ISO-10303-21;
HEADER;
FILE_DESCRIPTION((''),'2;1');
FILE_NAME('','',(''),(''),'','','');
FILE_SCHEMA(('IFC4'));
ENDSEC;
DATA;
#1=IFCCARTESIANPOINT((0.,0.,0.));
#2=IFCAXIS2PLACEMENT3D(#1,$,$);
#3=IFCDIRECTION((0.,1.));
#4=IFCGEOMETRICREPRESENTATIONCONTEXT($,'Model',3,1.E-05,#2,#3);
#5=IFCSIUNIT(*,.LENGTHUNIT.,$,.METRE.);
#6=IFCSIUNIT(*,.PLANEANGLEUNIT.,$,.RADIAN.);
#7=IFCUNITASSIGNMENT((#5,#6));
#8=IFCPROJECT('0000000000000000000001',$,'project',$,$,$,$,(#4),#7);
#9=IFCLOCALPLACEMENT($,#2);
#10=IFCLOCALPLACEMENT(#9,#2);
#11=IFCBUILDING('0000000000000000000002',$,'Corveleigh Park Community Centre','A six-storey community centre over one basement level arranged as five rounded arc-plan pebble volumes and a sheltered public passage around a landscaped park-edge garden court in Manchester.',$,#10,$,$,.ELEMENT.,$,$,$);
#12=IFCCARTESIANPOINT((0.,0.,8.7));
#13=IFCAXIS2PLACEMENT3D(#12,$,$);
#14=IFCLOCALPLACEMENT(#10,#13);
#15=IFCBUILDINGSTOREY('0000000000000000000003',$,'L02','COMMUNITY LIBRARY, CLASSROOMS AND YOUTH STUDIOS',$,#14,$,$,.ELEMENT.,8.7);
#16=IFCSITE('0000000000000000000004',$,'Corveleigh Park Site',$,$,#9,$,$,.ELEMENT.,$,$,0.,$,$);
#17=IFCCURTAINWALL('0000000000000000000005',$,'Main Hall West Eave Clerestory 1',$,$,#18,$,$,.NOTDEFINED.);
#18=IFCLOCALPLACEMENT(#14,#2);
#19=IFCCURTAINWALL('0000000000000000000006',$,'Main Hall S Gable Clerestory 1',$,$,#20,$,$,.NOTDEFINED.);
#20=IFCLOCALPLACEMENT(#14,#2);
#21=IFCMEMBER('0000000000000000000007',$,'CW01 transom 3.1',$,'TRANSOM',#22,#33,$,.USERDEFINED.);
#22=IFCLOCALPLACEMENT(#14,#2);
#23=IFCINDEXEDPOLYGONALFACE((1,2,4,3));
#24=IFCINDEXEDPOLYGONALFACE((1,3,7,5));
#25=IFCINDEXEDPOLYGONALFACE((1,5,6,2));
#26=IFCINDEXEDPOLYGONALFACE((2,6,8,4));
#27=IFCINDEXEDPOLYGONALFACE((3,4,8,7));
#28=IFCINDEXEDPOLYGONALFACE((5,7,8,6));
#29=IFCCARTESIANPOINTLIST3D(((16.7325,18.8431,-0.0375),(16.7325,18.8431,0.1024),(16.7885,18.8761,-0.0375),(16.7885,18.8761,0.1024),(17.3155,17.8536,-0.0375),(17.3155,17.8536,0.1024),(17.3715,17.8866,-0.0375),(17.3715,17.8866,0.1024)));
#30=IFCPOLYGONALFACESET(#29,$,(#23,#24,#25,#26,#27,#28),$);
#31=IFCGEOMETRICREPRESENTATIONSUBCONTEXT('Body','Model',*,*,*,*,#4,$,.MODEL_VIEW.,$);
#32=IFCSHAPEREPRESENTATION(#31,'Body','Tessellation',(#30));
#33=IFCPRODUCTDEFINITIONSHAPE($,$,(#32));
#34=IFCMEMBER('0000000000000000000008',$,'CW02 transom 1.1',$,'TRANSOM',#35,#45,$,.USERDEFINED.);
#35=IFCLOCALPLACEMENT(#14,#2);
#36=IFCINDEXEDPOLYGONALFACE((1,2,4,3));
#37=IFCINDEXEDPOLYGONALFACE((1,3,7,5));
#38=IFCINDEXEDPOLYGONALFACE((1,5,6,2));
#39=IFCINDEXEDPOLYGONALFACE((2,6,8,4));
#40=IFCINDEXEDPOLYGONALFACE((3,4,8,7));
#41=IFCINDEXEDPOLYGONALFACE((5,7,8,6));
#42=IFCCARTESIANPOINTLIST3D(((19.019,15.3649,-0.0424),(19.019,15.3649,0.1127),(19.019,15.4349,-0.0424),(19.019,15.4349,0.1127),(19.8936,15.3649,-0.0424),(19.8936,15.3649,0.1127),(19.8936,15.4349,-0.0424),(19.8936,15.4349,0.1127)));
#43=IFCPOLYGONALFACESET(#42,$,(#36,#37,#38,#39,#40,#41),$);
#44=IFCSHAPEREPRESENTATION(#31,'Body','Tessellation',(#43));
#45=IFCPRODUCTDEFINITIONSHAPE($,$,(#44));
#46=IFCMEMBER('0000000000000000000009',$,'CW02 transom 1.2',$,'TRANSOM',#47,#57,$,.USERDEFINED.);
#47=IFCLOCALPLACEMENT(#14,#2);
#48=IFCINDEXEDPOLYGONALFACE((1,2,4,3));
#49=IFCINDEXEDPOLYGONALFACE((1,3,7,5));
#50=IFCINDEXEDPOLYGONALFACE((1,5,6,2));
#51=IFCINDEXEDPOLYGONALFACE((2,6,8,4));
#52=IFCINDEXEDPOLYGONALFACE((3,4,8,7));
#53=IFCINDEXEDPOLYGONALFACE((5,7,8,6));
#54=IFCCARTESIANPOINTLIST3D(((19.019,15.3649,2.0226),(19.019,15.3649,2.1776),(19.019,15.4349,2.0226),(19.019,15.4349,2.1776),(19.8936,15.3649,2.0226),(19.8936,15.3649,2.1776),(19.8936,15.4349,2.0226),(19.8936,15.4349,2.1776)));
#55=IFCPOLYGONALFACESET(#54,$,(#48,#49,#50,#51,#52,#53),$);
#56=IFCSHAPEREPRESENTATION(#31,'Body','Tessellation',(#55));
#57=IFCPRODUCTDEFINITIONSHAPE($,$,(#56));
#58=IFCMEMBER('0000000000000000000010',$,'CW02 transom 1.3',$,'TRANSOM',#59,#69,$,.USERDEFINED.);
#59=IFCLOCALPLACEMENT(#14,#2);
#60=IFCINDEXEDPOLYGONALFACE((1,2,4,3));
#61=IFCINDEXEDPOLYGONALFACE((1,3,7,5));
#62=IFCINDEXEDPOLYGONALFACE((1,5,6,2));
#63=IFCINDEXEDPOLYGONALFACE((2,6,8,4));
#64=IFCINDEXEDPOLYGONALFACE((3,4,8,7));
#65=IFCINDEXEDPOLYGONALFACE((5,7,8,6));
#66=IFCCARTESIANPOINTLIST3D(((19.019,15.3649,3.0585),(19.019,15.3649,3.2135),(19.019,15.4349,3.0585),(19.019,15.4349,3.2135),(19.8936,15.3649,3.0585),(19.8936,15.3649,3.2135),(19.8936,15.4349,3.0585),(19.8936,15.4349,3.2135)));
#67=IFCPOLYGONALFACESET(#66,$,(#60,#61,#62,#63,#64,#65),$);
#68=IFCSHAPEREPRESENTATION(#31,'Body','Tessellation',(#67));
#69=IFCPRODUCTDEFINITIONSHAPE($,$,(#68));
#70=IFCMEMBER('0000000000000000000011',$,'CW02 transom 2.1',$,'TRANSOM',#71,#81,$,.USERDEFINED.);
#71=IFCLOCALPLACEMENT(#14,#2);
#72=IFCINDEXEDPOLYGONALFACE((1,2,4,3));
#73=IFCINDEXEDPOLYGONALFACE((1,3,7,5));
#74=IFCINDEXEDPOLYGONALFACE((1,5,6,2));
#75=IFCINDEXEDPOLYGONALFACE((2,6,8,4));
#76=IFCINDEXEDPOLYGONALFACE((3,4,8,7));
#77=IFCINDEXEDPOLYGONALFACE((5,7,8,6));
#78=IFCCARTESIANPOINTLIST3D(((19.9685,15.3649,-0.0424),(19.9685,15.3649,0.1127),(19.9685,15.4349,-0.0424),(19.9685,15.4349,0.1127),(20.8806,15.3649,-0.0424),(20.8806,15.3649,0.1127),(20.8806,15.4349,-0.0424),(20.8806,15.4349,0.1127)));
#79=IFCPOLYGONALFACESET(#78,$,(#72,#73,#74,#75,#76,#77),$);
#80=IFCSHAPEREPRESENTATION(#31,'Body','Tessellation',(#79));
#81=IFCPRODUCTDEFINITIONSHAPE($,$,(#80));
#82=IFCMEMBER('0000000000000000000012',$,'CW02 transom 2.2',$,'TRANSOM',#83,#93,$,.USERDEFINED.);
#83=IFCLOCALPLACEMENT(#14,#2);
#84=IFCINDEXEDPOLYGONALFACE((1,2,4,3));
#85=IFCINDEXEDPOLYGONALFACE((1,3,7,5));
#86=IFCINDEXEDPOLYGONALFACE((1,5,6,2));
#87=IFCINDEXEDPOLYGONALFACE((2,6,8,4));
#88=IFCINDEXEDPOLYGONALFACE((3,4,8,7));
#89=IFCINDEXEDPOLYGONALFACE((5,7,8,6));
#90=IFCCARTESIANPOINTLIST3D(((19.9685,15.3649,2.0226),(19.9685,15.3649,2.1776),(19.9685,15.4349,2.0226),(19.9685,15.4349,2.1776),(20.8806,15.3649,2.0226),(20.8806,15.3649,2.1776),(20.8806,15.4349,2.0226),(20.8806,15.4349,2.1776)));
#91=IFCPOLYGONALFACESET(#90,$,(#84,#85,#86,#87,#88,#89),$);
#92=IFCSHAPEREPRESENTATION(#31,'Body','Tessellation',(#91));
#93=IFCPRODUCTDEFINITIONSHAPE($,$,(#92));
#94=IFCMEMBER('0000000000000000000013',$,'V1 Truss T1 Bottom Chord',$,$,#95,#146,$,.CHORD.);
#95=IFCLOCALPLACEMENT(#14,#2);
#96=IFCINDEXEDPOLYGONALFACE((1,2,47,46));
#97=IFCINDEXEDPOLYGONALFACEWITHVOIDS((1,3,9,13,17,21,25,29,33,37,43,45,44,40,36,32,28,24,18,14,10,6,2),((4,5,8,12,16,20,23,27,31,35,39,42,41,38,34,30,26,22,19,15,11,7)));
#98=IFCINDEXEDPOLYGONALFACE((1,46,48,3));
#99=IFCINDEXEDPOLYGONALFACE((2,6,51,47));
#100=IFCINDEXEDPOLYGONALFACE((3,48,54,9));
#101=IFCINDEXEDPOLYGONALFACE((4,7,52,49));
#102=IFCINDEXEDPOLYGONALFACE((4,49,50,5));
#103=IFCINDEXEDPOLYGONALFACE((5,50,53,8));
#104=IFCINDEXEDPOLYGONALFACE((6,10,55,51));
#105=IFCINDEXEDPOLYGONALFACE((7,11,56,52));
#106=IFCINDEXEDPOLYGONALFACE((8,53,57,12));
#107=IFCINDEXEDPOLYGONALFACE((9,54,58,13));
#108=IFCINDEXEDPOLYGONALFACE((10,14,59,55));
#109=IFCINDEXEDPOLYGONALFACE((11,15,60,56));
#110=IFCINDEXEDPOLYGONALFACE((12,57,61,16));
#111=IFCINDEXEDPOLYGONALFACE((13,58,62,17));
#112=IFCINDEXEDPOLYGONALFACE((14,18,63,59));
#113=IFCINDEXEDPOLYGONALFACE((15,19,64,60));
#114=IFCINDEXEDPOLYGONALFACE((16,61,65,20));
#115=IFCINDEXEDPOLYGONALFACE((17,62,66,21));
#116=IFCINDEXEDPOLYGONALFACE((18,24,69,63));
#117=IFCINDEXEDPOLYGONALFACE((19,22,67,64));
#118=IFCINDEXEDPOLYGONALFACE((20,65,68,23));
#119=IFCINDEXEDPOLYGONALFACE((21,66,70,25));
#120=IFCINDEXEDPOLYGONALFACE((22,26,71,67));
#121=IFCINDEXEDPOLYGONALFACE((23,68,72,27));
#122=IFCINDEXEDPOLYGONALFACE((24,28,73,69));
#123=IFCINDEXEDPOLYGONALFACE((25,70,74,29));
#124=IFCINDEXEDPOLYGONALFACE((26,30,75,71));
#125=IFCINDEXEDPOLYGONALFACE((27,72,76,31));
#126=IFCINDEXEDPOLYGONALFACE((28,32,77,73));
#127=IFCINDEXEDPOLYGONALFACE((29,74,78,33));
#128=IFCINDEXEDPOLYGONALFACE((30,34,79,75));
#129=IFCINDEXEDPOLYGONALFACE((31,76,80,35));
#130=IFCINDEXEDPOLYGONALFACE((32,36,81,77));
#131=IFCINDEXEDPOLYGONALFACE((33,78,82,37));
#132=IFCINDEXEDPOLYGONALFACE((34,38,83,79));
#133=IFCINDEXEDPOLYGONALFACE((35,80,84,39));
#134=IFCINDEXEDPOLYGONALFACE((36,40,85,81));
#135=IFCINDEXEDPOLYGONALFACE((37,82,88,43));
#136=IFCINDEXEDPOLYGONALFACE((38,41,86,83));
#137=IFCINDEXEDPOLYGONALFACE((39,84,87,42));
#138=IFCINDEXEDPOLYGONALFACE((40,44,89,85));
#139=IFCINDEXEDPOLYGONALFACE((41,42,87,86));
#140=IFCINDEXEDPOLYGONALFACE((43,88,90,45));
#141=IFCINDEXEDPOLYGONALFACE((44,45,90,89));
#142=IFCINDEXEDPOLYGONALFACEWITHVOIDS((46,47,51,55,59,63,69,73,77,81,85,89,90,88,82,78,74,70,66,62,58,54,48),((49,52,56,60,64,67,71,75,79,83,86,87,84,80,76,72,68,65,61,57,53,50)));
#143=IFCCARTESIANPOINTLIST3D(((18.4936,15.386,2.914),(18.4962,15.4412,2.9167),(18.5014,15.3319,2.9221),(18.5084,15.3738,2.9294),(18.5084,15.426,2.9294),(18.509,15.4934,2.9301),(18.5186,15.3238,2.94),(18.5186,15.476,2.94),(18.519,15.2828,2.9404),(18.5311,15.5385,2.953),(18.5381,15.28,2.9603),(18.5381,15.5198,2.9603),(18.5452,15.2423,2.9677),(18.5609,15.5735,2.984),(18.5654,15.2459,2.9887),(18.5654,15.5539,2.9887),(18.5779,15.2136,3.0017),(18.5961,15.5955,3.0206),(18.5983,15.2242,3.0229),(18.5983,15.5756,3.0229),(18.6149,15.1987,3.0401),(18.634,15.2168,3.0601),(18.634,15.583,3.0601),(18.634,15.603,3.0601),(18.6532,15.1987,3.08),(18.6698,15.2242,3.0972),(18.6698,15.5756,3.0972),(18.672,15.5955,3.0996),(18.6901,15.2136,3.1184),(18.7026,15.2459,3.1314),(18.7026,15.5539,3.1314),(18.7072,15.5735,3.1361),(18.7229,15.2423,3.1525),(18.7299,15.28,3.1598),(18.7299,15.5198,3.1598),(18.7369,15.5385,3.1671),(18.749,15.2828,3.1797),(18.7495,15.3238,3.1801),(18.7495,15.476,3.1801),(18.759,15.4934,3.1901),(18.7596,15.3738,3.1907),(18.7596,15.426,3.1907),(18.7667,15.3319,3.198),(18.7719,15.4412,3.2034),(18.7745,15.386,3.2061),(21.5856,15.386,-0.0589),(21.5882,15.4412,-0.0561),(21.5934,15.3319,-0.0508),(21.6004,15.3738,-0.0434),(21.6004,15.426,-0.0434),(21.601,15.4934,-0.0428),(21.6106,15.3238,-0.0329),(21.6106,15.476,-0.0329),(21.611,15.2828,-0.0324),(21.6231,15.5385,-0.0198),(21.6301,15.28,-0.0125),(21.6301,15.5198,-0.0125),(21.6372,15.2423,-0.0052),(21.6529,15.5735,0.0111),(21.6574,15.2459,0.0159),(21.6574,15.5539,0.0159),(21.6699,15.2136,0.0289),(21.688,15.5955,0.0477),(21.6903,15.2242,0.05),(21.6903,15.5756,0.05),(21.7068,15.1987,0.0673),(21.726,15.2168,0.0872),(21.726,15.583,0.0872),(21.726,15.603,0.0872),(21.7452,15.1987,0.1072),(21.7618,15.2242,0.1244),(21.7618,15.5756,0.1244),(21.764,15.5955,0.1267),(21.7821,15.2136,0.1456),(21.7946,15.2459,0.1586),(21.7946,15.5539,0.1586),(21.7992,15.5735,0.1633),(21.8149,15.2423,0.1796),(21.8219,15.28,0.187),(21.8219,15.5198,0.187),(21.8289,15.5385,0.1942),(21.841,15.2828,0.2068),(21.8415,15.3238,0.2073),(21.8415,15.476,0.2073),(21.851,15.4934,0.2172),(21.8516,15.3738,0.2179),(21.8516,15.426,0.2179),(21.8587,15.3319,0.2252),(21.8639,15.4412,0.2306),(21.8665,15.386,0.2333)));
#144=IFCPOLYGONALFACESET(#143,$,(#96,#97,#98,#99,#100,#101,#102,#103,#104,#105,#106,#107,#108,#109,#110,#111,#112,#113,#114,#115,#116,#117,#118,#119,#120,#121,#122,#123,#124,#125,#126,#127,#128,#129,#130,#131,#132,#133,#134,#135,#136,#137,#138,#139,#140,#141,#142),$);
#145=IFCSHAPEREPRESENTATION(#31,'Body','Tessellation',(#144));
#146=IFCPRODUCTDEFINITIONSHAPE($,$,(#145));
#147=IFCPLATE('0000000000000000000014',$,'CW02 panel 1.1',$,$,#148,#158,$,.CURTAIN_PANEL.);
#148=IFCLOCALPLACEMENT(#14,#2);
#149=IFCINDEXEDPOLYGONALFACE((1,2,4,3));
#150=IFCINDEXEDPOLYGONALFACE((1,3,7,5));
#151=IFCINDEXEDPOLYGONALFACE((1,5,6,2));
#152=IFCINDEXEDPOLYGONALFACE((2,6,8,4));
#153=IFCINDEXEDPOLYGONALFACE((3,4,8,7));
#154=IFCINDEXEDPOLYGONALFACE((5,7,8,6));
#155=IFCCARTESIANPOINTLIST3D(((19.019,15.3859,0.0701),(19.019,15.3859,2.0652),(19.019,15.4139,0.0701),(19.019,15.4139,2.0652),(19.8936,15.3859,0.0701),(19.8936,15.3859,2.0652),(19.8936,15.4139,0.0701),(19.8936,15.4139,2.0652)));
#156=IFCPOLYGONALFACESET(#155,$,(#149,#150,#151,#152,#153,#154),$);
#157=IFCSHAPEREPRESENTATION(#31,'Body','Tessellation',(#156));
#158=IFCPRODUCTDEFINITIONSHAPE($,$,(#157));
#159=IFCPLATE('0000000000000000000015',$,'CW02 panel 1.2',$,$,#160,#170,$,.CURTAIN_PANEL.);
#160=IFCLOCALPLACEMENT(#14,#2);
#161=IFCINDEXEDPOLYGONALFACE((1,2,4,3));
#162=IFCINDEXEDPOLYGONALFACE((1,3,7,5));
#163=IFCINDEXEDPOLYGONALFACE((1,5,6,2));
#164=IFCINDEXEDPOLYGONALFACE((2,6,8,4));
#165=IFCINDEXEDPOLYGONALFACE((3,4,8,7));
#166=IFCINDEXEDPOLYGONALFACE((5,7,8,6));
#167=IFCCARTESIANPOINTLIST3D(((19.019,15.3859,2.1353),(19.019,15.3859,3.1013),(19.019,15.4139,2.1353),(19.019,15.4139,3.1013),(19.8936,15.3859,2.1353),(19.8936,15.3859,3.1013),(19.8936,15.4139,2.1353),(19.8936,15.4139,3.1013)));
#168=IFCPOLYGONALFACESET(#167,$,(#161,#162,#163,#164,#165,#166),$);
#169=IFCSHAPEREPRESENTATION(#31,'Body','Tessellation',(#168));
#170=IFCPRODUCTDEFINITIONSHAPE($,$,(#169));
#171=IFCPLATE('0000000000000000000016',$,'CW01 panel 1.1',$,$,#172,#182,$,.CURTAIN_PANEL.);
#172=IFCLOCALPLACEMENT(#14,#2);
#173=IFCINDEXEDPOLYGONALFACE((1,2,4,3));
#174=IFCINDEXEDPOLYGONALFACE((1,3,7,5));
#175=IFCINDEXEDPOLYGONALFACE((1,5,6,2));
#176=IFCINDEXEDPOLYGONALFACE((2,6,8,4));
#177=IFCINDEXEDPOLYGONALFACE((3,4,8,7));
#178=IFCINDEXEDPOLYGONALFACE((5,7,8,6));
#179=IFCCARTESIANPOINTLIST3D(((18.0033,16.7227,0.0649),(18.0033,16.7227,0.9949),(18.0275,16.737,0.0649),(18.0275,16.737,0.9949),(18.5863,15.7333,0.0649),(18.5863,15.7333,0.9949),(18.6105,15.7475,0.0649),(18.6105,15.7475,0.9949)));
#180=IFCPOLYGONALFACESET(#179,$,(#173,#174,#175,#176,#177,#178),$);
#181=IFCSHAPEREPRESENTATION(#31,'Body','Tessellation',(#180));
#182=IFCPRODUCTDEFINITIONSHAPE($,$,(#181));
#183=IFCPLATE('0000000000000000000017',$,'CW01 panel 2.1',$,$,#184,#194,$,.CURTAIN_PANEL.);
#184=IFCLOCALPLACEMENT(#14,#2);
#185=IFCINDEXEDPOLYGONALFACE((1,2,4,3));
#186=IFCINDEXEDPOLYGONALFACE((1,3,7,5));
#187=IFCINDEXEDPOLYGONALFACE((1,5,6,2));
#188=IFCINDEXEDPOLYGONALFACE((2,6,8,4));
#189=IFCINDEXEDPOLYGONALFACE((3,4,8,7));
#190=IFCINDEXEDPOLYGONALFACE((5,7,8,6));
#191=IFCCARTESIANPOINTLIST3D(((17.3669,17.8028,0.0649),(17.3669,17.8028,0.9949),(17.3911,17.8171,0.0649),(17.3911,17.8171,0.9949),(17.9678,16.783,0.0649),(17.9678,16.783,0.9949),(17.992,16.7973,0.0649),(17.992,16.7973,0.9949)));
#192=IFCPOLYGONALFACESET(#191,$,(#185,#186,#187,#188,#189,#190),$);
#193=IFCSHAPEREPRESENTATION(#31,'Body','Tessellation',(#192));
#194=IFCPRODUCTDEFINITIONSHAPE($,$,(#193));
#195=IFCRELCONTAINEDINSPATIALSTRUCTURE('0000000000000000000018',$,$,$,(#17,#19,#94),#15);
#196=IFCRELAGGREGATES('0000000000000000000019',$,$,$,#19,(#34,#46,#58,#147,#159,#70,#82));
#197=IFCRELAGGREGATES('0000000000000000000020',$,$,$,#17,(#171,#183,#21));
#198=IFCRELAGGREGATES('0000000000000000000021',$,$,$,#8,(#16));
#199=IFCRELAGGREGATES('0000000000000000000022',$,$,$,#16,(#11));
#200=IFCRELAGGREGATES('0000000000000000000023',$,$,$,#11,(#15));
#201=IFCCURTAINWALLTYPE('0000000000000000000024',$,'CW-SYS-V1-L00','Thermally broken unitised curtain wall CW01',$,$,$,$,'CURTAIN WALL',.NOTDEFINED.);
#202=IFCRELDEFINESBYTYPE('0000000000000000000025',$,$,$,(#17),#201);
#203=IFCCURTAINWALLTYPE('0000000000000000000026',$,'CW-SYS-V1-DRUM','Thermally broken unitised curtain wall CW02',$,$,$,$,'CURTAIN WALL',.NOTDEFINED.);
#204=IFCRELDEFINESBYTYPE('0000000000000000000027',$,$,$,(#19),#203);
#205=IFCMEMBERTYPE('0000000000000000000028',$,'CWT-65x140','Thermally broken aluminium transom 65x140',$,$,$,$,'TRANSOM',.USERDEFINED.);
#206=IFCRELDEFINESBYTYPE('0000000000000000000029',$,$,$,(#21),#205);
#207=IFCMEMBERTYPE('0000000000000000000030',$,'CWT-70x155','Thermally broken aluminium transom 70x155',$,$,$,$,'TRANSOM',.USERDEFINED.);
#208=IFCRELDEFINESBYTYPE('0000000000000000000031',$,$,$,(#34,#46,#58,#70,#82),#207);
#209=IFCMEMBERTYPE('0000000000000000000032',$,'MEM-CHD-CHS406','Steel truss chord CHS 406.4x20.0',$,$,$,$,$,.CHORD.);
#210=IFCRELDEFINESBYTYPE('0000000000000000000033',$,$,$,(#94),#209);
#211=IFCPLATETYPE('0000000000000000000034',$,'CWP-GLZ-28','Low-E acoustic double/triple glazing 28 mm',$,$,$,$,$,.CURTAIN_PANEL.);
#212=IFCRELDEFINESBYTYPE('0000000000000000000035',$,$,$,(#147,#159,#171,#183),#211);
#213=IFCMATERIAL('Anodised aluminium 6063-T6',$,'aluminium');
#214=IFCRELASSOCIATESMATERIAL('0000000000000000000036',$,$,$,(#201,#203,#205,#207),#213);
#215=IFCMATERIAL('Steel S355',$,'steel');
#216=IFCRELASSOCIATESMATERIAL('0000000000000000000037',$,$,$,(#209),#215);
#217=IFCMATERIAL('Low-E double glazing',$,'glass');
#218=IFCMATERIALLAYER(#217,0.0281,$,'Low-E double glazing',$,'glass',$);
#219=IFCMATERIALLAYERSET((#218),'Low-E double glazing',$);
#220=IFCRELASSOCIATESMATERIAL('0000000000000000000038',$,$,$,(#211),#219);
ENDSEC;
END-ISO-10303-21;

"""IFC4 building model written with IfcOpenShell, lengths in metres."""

from ifc_helpers import new_model, si_unit, direction, frame, origin, origin_2d, place, context, subcontext, project, spatial, rectangle, hollow_circle, extrude, material, layer, layer_set, material_profile, profile_set, type_object, element, aggregate, save


model = new_model("IFC4")

# Units and contexts
model_context = context("Model", 3, precision=1e-05, world=origin(), true_north=direction((0.0, 1.0)))
body_context = subcontext(model_context, "Body", "Model", "MODEL_VIEW")
ifc_project = project(units=[si_unit("LENGTHUNIT", "METRE"), si_unit("PLANEANGLEUNIT", "RADIAN")], contexts=[model_context])

# Site, building, storey
site_placement = place(None, origin())
site = spatial("IfcSite", under=ifc_project, at=site_placement, Name="Corveleigh Park Site", CompositionType="ELEMENT", RefElevation=0.0)
building_placement = place(site_placement, origin())
building = spatial("IfcBuilding", under=site, at=building_placement, Name="Corveleigh Park Community Centre", Description="A six-storey community centre over one basement level arranged as five rounded arc-plan pebble volumes and a sheltered public passage around a landscaped park-edge garden court in Manchester.", CompositionType="ELEMENT")
storey_placement = place(building_placement, frame((0.0, 0.0, 8.7)))
storey = spatial("IfcBuildingStorey", under=building, at=storey_placement, Name="L02", Description="COMMUNITY LIBRARY, CLASSROOMS AND YOUTH STUDIOS", CompositionType="ELEMENT", Elevation=8.7)

# Shared definitions
ifc_material_1 = material(Name="Steel S355", Category="steel")

# Curtain walls
ifc_material_2 = material(Name="Anodised aluminium 6063-T6", Category="aluminium")
curtain_wall_type_1 = type_object("IfcCurtainWallType", Name="CW-SYS-V1-L00", Description="Thermally broken unitised curtain wall CW01", ElementType="CURTAIN WALL", PredefinedType="NOTDEFINED", material=ifc_material_2)
curtain_wall_1_placement = place(storey_placement, origin())
curtain_wall_1 = element("IfcCurtainWall", 1, at=curtain_wall_1_placement, inside=storey, type_object=curtain_wall_type_1, Name="Main Hall West Eave Clerestory 1", PredefinedType="NOTDEFINED")
curtain_wall_type_2 = type_object("IfcCurtainWallType", Name="CW-SYS-V1-DRUM", Description="Thermally broken unitised curtain wall CW02", ElementType="CURTAIN WALL", PredefinedType="NOTDEFINED", material=ifc_material_2)
curtain_wall_2_placement = place(storey_placement, origin())
curtain_wall_2 = element("IfcCurtainWall", 2, at=curtain_wall_2_placement, inside=storey, type_object=curtain_wall_type_2, Name="Main Hall S Gable Clerestory 1", PredefinedType="NOTDEFINED")

# Members
ifc_material_profile_1 = material_profile(ifc_material_2, rectangle(XDim=0.0649, YDim=0.1399, at=origin_2d()), Name="ALU-T65x140", Category="aluminium")
ifc_profile_set_1 = profile_set([ifc_material_profile_1], Name="Anodised aluminium 6063-T6")
member_type_1 = type_object("IfcMemberType", Name="CWT-65x140", Description="Thermally broken aluminium transom 65x140", ElementType="TRANSOM", PredefinedType="USERDEFINED", material=ifc_profile_set_1)
member_1_placement = place(storey_placement, frame((17.3435, 17.8701, 0.0325), z_axis=(-0.507633, 0.861573, 0.0), x_axis=(-0.861573, -0.507633, 0.0)))
member_1 = element("IfcMember", 3, at=member_1_placement, type_object=member_type_1, Name="CW01 transom 3.1", ObjectType="TRANSOM", PredefinedType="USERDEFINED", context=body_context, shape_type="SweptSolid", body=[
    extrude(rectangle(XDim=0.0649, YDim=0.1399, at=origin_2d()), origin(), (0.0, 0.0, 1.0), 1.1484),
])
ifc_material_profile_2 = material_profile(ifc_material_2, rectangle(XDim=0.0701, YDim=0.155, at=origin_2d()), Name="ALU-T70x155", Category="aluminium")
ifc_profile_set_2 = profile_set([ifc_material_profile_2], Name="Anodised aluminium 6063-T6")
member_type_2 = type_object("IfcMemberType", Name="CWT-70x155", Description="Thermally broken aluminium transom 70x155", ElementType="TRANSOM", PredefinedType="USERDEFINED", material=ifc_profile_set_2)
member_2_placement = place(storey_placement, frame((19.019, 15.3999, 0.0352), z_axis=(1.0, 0.0, 0.0), x_axis=(0.0, 1.0, 0.0)))
member_2 = element("IfcMember", 4, at=member_2_placement, type_object=member_type_2, Name="CW02 transom 1.1", ObjectType="TRANSOM", PredefinedType="USERDEFINED", context=body_context, shape_type="SweptSolid", body=[
    extrude(rectangle(XDim=0.0701, YDim=0.155, at=origin_2d()), origin(), (0.0, 0.0, 1.0), 0.8745),
])
member_3_placement = place(storey_placement, frame((19.019, 15.3999, 2.1001), z_axis=(1.0, 0.0, 0.0), x_axis=(0.0, 1.0, 0.0)))
member_3 = element("IfcMember", 5, at=member_3_placement, type_object=member_type_2, Name="CW02 transom 1.2", ObjectType="TRANSOM", PredefinedType="USERDEFINED", context=body_context, shape_type="SweptSolid", body=[
    extrude(rectangle(XDim=0.0701, YDim=0.155, at=origin_2d()), origin(), (0.0, 0.0, 1.0), 0.8745),
])
member_4_placement = place(storey_placement, frame((19.019, 15.3999, 3.136), z_axis=(1.0, 0.0, 0.0), x_axis=(0.0, 1.0, 0.0)))
member_4 = element("IfcMember", 6, at=member_4_placement, type_object=member_type_2, Name="CW02 transom 1.3", ObjectType="TRANSOM", PredefinedType="USERDEFINED", context=body_context, shape_type="SweptSolid", body=[
    extrude(rectangle(XDim=0.0701, YDim=0.155, at=origin_2d()), origin(), (0.0, 0.0, 1.0), 0.8745),
])
member_5_placement = place(storey_placement, frame((19.9685, 15.3999, 0.0352), z_axis=(1.0, 0.0, 0.0), x_axis=(0.0, 1.0, 0.0)))
member_5 = element("IfcMember", 7, at=member_5_placement, type_object=member_type_2, Name="CW02 transom 2.1", ObjectType="TRANSOM", PredefinedType="USERDEFINED", context=body_context, shape_type="SweptSolid", body=[
    extrude(rectangle(XDim=0.0701, YDim=0.155, at=origin_2d()), origin(), (0.0, 0.0, 1.0), 0.9121),
])
member_6_placement = place(storey_placement, frame((19.9685, 15.3999, 2.1001), z_axis=(1.0, 0.0, 0.0), x_axis=(0.0, 1.0, 0.0)))
member_6 = element("IfcMember", 8, at=member_6_placement, type_object=member_type_2, Name="CW02 transom 2.2", ObjectType="TRANSOM", PredefinedType="USERDEFINED", context=body_context, shape_type="SweptSolid", body=[
    extrude(rectangle(XDim=0.0701, YDim=0.155, at=origin_2d()), origin(), (0.0, 0.0, 1.0), 0.9121),
])
ifc_material_profile_3 = material_profile(ifc_material_1, hollow_circle(Radius=0.2031, WallThickness=0.02, at=origin_2d()), Name="CHS 406.4x20.0", Category="steel")
ifc_profile_set_3 = profile_set([ifc_material_profile_3], Name="Steel S355")
member_type_3 = type_object("IfcMemberType", Name="MEM-CHD-CHS406", Description="Steel truss chord CHS 406.4x20.0", PredefinedType="CHORD", material=ifc_profile_set_3)
member_7_placement = place(storey_placement, frame((18.634, 15.3999, 3.0601), z_axis=(0.720858, 0.0, -0.693083), x_axis=(0.0, 1.0, 0.0)))
element("IfcMember", 9, at=member_7_placement, inside=storey, type_object=member_type_3, Name="V1 Truss T1 Bottom Chord", PredefinedType="CHORD", context=body_context, shape_type="SweptSolid", body=[
    extrude(hollow_circle(Radius=0.2031, WallThickness=0.02, at=origin_2d()), origin(), (0.0, 0.0, 1.0), 4.2893),
])

# Plates
ifc_material_3 = material(Name="Low-E double glazing", Category="glass")
ifc_layer_1 = layer(ifc_material_3, 0.0281, Name="Low-E double glazing", Category="glass")
ifc_layer_set_1 = layer_set([ifc_layer_1], Name="Low-E double glazing")
plate_type_1 = type_object("IfcPlateType", Name="CWP-GLZ-28", Description="Low-E acoustic double/triple glazing 28 mm", PredefinedType="CURTAIN_PANEL", material=ifc_layer_set_1)
plate_1_placement = place(storey_placement, frame((19.4563, 15.3999, 0.0701), z_axis=(0.0, 0.0, 1.0), x_axis=(1.0, 0.0, 0.0)))
plate_1 = element("IfcPlate", 10, at=plate_1_placement, type_object=plate_type_1, Name="CW02 panel 1.1", PredefinedType="CURTAIN_PANEL", context=body_context, shape_type="SweptSolid", body=[
    extrude(rectangle(XDim=0.8745, YDim=0.0281, at=origin_2d()), origin(), (0.0, 0.0, 1.0), 1.9951),
])
plate_2_placement = place(storey_placement, frame((19.4563, 15.3999, 2.1353), z_axis=(0.0, 0.0, 1.0), x_axis=(1.0, 0.0, 0.0)))
plate_2 = element("IfcPlate", 11, at=plate_2_placement, type_object=plate_type_1, Name="CW02 panel 1.2", PredefinedType="CURTAIN_PANEL", context=body_context, shape_type="SweptSolid", body=[
    extrude(rectangle(XDim=0.8745, YDim=0.0281, at=origin_2d()), origin(), (0.0, 0.0, 1.0), 0.9661),
])
aggregate(curtain_wall_2, [member_2, member_3, member_4, plate_1, plate_2, member_5, member_6])
plate_3_placement = place(storey_placement, frame((18.3069, 16.2351, 0.0649), z_axis=(0.0, 0.0, 1.0), x_axis=(-0.507636, 0.861572, 0.0)))
plate_3 = element("IfcPlate", 12, at=plate_3_placement, type_object=plate_type_1, Name="CW01 panel 1.1", PredefinedType="CURTAIN_PANEL", context=body_context, shape_type="SweptSolid", body=[
    extrude(rectangle(XDim=1.1484, YDim=0.0281, at=origin_2d()), origin(), (0.0, 0.0, 1.0), 0.9299),
])
plate_4_placement = place(storey_placement, frame((17.6794, 17.3, 0.0649), z_axis=(0.0, 0.0, 1.0), x_axis=(-0.507636, 0.861572, 0.0)))
plate_4 = element("IfcPlate", 13, at=plate_4_placement, type_object=plate_type_1, Name="CW01 panel 2.1", PredefinedType="CURTAIN_PANEL", context=body_context, shape_type="SweptSolid", body=[
    extrude(rectangle(XDim=1.1836, YDim=0.0281, at=origin_2d()), origin(), (0.0, 0.0, 1.0), 0.9299),
])
aggregate(curtain_wall_1, [plate_3, plate_4, member_1])

save(model, "model.ifc")
